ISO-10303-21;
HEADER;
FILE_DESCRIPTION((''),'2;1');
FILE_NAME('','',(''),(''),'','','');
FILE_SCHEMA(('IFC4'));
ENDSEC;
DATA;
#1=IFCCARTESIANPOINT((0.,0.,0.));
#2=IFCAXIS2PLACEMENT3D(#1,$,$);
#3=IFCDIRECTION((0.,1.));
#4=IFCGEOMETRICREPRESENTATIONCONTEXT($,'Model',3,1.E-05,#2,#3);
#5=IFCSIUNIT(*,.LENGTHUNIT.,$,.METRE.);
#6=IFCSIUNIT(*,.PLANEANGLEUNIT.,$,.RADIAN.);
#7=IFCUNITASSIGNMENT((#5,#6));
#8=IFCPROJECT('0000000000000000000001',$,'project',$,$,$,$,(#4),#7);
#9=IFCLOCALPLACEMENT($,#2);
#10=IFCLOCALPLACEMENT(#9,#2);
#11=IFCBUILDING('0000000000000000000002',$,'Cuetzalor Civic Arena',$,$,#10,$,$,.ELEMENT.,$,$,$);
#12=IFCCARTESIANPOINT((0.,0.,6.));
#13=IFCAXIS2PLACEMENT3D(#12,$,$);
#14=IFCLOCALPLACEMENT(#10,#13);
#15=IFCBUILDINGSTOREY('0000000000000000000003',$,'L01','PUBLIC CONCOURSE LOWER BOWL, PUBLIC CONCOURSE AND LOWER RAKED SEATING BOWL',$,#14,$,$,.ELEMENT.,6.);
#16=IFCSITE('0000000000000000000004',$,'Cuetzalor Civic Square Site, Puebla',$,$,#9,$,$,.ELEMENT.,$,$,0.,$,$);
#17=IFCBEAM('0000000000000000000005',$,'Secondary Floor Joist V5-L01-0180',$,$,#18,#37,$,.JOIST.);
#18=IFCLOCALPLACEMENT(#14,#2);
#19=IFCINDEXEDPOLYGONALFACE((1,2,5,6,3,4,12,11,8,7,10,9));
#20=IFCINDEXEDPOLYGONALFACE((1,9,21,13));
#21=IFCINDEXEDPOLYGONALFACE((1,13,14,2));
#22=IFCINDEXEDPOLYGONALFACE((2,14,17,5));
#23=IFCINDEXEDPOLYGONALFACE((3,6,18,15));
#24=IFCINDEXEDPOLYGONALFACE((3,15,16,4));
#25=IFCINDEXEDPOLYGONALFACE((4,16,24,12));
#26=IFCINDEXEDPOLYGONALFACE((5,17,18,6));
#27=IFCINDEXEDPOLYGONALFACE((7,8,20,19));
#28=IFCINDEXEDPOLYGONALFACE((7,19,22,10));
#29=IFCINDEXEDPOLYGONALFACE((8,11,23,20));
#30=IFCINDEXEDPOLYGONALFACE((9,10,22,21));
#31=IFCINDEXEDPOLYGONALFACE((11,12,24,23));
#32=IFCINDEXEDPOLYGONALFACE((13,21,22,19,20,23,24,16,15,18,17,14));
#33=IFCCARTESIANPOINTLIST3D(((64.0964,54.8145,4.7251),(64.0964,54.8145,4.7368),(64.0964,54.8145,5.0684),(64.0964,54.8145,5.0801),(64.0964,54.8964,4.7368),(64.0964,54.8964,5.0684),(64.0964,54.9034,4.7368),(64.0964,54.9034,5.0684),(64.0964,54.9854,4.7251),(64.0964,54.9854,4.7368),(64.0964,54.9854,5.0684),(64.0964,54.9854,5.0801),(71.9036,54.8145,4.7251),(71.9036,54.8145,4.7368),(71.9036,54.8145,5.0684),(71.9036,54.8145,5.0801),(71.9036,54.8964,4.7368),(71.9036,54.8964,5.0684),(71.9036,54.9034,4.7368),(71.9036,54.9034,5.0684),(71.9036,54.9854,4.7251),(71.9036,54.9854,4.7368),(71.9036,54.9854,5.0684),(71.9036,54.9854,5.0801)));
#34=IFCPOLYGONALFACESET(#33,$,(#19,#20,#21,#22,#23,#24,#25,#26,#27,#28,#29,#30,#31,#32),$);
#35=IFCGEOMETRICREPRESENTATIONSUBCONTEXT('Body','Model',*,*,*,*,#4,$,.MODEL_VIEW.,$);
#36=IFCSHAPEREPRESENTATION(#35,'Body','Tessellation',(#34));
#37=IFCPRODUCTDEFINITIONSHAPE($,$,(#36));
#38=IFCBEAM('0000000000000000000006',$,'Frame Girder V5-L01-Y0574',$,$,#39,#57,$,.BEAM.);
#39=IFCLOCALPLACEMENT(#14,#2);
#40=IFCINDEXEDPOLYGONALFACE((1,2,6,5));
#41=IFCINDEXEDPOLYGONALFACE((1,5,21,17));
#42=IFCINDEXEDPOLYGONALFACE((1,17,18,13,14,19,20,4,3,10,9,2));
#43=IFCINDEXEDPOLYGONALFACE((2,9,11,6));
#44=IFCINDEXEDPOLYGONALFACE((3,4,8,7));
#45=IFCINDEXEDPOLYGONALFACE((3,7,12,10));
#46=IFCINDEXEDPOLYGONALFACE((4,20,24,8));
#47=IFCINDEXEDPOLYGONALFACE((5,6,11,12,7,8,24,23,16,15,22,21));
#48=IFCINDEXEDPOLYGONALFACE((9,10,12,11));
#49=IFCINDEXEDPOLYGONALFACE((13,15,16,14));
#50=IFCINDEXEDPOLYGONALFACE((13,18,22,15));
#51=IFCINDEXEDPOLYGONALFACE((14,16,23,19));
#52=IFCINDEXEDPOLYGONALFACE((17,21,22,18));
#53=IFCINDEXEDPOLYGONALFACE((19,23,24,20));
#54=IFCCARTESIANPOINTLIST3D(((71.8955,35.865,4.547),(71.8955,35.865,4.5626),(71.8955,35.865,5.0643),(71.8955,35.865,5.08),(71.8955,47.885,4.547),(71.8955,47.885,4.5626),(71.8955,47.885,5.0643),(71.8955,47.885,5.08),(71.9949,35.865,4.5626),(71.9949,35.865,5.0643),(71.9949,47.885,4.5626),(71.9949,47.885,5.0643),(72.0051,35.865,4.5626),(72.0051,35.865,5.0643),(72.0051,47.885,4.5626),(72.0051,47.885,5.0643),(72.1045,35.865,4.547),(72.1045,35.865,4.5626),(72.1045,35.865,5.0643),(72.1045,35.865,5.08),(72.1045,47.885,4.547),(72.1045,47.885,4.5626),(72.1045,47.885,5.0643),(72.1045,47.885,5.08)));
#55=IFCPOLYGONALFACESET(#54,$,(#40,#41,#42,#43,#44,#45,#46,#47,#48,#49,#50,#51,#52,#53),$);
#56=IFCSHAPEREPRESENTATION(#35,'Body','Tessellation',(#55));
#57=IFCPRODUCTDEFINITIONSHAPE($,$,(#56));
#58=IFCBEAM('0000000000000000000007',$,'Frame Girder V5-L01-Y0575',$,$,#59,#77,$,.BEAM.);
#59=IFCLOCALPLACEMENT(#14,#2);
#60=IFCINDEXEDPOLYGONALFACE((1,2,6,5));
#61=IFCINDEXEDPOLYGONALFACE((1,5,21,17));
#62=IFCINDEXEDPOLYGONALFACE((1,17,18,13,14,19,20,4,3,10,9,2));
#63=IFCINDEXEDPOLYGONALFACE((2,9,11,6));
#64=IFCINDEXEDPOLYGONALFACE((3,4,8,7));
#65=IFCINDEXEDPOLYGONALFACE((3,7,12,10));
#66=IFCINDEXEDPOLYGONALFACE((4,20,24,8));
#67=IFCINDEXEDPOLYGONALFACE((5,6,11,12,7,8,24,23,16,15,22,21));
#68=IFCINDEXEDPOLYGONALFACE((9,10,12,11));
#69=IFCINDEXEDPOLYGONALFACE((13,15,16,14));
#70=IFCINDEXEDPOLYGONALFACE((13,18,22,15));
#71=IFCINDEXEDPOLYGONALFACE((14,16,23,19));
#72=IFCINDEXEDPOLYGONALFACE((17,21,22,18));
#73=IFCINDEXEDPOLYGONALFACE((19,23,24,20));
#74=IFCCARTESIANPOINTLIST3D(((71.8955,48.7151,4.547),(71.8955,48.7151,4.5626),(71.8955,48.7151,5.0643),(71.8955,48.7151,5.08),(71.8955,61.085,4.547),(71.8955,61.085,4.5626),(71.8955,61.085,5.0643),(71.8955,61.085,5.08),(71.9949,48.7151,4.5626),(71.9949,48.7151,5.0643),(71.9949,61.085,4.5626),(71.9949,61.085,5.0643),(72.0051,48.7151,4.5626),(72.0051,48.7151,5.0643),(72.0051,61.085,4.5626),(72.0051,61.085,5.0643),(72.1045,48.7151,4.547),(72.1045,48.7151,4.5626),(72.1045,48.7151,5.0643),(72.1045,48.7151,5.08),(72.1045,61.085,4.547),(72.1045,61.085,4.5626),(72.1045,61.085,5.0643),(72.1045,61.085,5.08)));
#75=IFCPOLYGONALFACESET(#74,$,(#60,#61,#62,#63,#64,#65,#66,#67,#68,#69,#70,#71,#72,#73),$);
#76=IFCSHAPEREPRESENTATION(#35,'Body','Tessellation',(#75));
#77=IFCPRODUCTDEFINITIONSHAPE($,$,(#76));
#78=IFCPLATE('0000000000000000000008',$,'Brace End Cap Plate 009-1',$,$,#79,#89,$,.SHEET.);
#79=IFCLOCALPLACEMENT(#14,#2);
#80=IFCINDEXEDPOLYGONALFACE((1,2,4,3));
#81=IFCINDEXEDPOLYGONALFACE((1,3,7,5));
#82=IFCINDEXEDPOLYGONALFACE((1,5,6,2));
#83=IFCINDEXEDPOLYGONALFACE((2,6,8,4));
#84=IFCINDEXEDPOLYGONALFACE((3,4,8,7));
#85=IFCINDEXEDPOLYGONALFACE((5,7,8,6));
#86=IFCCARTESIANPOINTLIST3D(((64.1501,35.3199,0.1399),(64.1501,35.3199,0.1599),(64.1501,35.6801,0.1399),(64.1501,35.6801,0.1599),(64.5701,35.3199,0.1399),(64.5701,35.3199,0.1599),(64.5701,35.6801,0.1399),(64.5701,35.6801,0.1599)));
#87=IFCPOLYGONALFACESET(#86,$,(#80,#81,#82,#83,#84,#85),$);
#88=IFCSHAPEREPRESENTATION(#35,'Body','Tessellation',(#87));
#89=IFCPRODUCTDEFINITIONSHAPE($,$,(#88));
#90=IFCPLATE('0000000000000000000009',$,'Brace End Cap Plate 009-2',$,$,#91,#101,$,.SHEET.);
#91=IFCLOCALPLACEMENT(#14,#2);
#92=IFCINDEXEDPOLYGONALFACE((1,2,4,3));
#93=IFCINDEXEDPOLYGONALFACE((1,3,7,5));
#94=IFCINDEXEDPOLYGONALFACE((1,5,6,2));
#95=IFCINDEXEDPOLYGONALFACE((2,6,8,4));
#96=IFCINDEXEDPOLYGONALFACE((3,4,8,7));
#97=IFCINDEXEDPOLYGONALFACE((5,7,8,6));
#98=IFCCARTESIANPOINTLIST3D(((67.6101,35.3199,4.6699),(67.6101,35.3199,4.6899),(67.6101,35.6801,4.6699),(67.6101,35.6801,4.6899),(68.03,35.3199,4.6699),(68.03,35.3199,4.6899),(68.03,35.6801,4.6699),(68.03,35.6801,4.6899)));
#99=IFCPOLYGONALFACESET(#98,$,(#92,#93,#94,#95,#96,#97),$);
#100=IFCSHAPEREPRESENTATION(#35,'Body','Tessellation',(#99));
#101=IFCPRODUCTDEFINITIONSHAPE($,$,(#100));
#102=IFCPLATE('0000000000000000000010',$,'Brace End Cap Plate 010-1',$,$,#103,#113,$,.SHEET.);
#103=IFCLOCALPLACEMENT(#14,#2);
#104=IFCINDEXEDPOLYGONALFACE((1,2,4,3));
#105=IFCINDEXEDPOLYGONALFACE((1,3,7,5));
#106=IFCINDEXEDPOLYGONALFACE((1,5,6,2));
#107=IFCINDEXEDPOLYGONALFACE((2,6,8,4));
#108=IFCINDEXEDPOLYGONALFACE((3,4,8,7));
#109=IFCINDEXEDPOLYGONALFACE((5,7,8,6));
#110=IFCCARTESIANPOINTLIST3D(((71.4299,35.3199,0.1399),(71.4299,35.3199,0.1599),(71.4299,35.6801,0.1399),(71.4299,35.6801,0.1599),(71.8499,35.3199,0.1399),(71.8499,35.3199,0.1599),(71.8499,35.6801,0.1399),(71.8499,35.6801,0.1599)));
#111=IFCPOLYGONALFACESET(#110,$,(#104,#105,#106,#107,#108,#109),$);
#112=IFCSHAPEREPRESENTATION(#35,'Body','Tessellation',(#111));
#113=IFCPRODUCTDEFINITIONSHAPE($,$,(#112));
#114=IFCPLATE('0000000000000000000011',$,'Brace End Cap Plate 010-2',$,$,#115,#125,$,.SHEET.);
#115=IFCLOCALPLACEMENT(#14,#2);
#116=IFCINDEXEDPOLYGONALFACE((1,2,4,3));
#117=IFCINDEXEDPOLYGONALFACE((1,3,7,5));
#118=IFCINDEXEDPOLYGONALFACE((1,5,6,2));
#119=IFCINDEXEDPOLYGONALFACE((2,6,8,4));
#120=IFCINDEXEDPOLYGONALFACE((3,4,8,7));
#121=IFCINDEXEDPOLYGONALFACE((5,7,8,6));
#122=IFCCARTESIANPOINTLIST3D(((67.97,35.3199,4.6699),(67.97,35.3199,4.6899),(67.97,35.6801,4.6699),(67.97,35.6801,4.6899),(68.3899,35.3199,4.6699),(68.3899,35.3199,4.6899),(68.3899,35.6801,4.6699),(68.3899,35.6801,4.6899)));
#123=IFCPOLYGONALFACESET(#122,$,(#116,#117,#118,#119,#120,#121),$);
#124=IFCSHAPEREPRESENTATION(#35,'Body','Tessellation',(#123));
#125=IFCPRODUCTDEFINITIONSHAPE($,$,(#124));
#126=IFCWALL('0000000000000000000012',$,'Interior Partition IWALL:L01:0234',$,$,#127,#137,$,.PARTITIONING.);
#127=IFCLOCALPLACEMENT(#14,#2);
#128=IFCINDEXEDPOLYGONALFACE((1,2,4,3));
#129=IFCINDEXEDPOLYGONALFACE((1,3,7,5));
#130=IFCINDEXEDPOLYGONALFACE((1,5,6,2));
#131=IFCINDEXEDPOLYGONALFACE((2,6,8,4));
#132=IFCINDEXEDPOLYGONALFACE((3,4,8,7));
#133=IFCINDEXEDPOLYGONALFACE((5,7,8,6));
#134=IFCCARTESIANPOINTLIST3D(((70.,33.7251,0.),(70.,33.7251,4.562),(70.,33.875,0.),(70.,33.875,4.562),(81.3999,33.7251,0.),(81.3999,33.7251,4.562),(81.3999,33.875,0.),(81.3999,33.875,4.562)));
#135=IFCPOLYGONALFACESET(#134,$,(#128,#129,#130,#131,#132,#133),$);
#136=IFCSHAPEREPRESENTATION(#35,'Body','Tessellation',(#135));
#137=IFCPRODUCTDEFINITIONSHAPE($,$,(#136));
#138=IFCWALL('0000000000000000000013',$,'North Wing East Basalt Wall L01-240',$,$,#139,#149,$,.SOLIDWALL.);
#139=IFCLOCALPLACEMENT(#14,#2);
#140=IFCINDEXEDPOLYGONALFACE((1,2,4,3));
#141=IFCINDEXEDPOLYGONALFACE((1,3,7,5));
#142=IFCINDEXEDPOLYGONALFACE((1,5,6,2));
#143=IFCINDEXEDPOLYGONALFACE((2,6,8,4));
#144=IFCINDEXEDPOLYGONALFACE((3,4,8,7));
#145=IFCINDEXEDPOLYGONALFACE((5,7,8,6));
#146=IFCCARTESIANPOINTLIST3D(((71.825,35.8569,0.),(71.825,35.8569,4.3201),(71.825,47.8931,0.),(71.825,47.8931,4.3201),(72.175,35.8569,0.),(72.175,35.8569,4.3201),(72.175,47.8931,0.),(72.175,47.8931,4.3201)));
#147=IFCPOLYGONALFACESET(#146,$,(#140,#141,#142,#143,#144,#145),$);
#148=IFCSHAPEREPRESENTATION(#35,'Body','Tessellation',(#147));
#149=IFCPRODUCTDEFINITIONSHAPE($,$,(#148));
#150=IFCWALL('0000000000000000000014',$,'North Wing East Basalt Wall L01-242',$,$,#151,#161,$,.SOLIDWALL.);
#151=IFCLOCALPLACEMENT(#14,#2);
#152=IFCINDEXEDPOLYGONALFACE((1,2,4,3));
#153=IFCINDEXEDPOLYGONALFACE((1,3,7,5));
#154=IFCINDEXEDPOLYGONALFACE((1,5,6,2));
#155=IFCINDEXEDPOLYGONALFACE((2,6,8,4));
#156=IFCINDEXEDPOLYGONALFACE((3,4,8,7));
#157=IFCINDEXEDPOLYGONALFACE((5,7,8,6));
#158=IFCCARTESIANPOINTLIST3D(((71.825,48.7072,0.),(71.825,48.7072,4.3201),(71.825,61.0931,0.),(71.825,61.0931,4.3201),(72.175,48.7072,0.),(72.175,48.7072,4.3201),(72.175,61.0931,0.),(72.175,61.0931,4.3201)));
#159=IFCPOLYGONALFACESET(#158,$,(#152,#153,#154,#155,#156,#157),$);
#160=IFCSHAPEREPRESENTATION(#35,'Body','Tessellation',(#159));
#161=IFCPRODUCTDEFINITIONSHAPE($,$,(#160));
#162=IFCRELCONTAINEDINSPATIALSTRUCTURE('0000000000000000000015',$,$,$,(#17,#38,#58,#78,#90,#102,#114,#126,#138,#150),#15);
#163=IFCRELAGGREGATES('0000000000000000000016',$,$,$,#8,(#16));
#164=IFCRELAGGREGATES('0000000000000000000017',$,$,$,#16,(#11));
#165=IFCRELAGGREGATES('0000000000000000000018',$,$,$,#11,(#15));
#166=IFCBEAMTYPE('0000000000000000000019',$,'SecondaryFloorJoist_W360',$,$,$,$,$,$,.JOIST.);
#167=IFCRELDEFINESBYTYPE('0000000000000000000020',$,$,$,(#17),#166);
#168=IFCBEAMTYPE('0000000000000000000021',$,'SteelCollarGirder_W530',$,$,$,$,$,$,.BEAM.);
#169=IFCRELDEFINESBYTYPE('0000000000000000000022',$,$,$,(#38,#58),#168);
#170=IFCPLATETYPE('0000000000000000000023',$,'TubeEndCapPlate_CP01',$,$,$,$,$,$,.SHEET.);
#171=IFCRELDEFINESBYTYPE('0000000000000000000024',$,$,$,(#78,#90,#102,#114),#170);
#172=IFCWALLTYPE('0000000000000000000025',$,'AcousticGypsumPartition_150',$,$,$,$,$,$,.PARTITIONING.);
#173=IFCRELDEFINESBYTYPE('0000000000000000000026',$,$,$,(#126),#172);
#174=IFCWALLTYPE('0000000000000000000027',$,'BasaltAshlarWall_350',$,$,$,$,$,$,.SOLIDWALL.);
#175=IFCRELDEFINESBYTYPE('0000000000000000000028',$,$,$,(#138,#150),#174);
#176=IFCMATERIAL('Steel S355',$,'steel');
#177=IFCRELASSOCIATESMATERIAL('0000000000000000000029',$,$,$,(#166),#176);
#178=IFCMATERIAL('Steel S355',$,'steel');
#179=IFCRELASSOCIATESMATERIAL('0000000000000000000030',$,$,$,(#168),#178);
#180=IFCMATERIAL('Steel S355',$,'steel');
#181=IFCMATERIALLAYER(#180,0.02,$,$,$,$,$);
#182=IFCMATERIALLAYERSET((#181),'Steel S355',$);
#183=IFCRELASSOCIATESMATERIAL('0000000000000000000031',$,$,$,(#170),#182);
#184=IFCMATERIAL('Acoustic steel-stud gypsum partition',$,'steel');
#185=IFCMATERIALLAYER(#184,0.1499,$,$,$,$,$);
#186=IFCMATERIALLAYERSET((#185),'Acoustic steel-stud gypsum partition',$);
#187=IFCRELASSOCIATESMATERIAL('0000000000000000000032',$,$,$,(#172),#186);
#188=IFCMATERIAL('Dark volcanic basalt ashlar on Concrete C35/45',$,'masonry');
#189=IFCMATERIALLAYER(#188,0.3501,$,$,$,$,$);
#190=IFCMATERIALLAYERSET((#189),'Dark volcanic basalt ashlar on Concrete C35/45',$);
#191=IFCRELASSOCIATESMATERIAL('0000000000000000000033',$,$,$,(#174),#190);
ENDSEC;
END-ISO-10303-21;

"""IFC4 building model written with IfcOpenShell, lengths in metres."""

from ifc_helpers import new_model, si_unit, direction, frame, frame_2d, origin, origin_2d, place, context, subcontext, project, spatial, rectangle, i_section, extrude, material, layer, layer_set, material_profile, profile_set, type_object, element, save


model = new_model("IFC4")

# Units and contexts
model_context = context("Model", 3, precision=1e-05, world=origin(), true_north=direction((0.0, 1.0)))
body_context = subcontext(model_context, "Body", "Model", "MODEL_VIEW")
ifc_project = project(units=[si_unit("LENGTHUNIT", "METRE"), si_unit("PLANEANGLEUNIT", "RADIAN")], contexts=[model_context])

# Site, building, storey
site_placement = place(None, origin())
site = spatial("IfcSite", under=ifc_project, at=site_placement, Name="Cuetzalor Civic Square Site, Puebla", CompositionType="ELEMENT", RefElevation=0.0)
building_placement = place(site_placement, origin())
building = spatial("IfcBuilding", under=site, at=building_placement, Name="Cuetzalor Civic Arena", CompositionType="ELEMENT")
storey_placement = place(building_placement, frame((0.0, 0.0, 6.0)))
storey = spatial("IfcBuildingStorey", under=building, at=storey_placement, Name="L01", Description="PUBLIC CONCOURSE LOWER BOWL, PUBLIC CONCOURSE AND LOWER RAKED SEATING BOWL", CompositionType="ELEMENT", Elevation=6.0)

# Beams
ifc_material_1 = material(Name="Steel S355", Category="steel")
ifc_material_profile_1 = material_profile(ifc_material_1, i_section(OverallWidth=0.1709, OverallDepth=0.355, WebThickness=0.0071, FlangeThickness=0.0117, at=origin_2d()), Name="W360x51")
ifc_profile_set_1 = profile_set([ifc_material_profile_1], Name="Steel S355")
beam_type_1 = type_object("IfcBeamType", Name="SecondaryFloorJoist_W360", PredefinedType="JOIST", material=ifc_profile_set_1)
for number, where, z_axis, x_axis, name in (
    (1, (64.0964, 54.8999, 4.9026), (1.0, 0.0, 0.0), (0.0, 1.0, 0.0), "Secondary Floor Joist V5-L01-0180"),
):
    element("IfcBeam", number, at=place(storey_placement, frame(where, z_axis=z_axis, x_axis=x_axis)), inside=storey, type_object=beam_type_1, Name=name, PredefinedType="JOIST", context=body_context, shape_type="SweptSolid", body=[
        extrude(i_section(OverallWidth=0.1709, OverallDepth=0.355, WebThickness=0.0071, FlangeThickness=0.0117, at=origin_2d()), origin(), (0.0, 0.0, 1.0), 7.8071),
    ])
ifc_material_2 = material(Name="Steel S355", Category="steel")
ifc_material_profile_2 = material_profile(ifc_material_2, i_section(OverallWidth=0.209, OverallDepth=0.533, WebThickness=0.0103, FlangeThickness=0.0156, at=origin_2d()), Name="W530x92")
ifc_profile_set_2 = profile_set([ifc_material_profile_2], Name="Steel S355")
beam_type_2 = type_object("IfcBeamType", Name="SteelCollarGirder_W530", PredefinedType="BEAM", material=ifc_profile_set_2)
beam_1_placement = place(storey_placement, frame((72.0, 35.865, 4.8135), z_axis=(0.0, 1.0, 0.0), x_axis=(-1.0, 0.0, 0.0)))
element("IfcBeam", 2, at=beam_1_placement, inside=storey, type_object=beam_type_2, Name="Frame Girder V5-L01-Y0574", PredefinedType="BEAM", context=body_context, shape_type="SweptSolid", body=[
    extrude(i_section(OverallWidth=0.209, OverallDepth=0.533, WebThickness=0.0103, FlangeThickness=0.0156, at=origin_2d()), origin(), (0.0, 0.0, 1.0), 12.02),
])
beam_2_placement = place(storey_placement, frame((72.0, 48.7151, 4.8135), z_axis=(0.0, 1.0, 0.0), x_axis=(-1.0, 0.0, 0.0)))
element("IfcBeam", 3, at=beam_2_placement, inside=storey, type_object=beam_type_2, Name="Frame Girder V5-L01-Y0575", PredefinedType="BEAM", context=body_context, shape_type="SweptSolid", body=[
    extrude(i_section(OverallWidth=0.209, OverallDepth=0.533, WebThickness=0.0103, FlangeThickness=0.0156, at=origin_2d()), origin(), (0.0, 0.0, 1.0), 12.3699),
])

# Plates
ifc_material_3 = material(Name="Steel S355", Category="steel")
ifc_layer_1 = layer(ifc_material_3, 0.02)
ifc_layer_set_1 = layer_set([ifc_layer_1], Name="Steel S355")
plate_type = type_object("IfcPlateType", Name="TubeEndCapPlate_CP01", PredefinedType="SHEET", material=ifc_layer_set_1)
for number, where, z_axis, x_axis, name in (
    (4, (64.3601, 35.5, 0.1399), (0.0, 0.0, 1.0), (1.0, 0.0, 0.0), "Brace End Cap Plate 009-1"),
    (5, (67.8201, 35.5, 4.6699), (0.0, 0.0, 1.0), (1.0, 0.0, 0.0), "Brace End Cap Plate 009-2"),
    (6, (71.6399, 35.5, 0.1399), (0.0, 0.0, 1.0), (1.0, 0.0, 0.0), "Brace End Cap Plate 010-1"),
    (7, (68.1799, 35.5, 4.6699), (0.0, 0.0, 1.0), (1.0, 0.0, 0.0), "Brace End Cap Plate 010-2"),
):
    element("IfcPlate", number, at=place(storey_placement, frame(where, z_axis=z_axis, x_axis=x_axis)), inside=storey, type_object=plate_type, Name=name, PredefinedType="SHEET", context=body_context, shape_type="SweptSolid", body=[
        extrude(rectangle(XDim=0.4199, YDim=0.3601, at=origin_2d()), origin(), (0.0, 0.0, 1.0), 0.02),
    ])

# Walls
ifc_material_4 = material(Name="Acoustic steel-stud gypsum partition", Category="steel")
ifc_layer_2 = layer(ifc_material_4, 0.1499)
ifc_layer_set_2 = layer_set([ifc_layer_2], Name="Acoustic steel-stud gypsum partition")
wall_type_1 = type_object("IfcWallType", Name="AcousticGypsumPartition_150", PredefinedType="PARTITIONING", material=ifc_layer_set_2)
wall_1_placement = place(storey_placement, frame((70.0, 33.8, 0.0), z_axis=(0.0, 0.0, 1.0), x_axis=(1.0, 0.0, 0.0)))
element("IfcWall", 8, at=wall_1_placement, inside=storey, type_object=wall_type_1, Name="Interior Partition IWALL:L01:0234", PredefinedType="PARTITIONING", context=body_context, shape_type="SweptSolid", body=[
    extrude(rectangle(XDim=11.3999, YDim=0.1499, at=frame_2d((5.7, 0.0))), origin(), (0.0, 0.0, 1.0), 4.562),
])
ifc_material_5 = material(Name="Dark volcanic basalt ashlar on Concrete C35/45", Category="masonry")
ifc_layer_3 = layer(ifc_material_5, 0.3501)
ifc_layer_set_3 = layer_set([ifc_layer_3], Name="Dark volcanic basalt ashlar on Concrete C35/45")
wall_type_2 = type_object("IfcWallType", Name="BasaltAshlarWall_350", PredefinedType="SOLIDWALL", material=ifc_layer_set_3)
wall_2_placement = place(storey_placement, frame((72.0, 47.8931, 0.0), z_axis=(0.0, 0.0, 1.0), x_axis=(0.0, -1.0, 0.0)))
element("IfcWall", 9, at=wall_2_placement, inside=storey, type_object=wall_type_2, Name="North Wing East Basalt Wall L01-240", PredefinedType="SOLIDWALL", context=body_context, shape_type="SweptSolid", body=[
    extrude(rectangle(XDim=12.0361, YDim=0.3501, at=frame_2d((6.0181, 0.0))), origin(), (0.0, 0.0, 1.0), 4.3201),
])
wall_3_placement = place(storey_placement, frame((72.0, 61.093, 0.0), z_axis=(0.0, 0.0, 1.0), x_axis=(0.0, -1.0, 0.0)))
element("IfcWall", 10, at=wall_3_placement, inside=storey, type_object=wall_type_2, Name="North Wing East Basalt Wall L01-242", PredefinedType="SOLIDWALL", context=body_context, shape_type="SweptSolid", body=[
    extrude(rectangle(XDim=12.386, YDim=0.3501, at=frame_2d((6.1929, 0.0))), origin(), (0.0, 0.0, 1.0), 4.3201),
])

save(model, "model.ifc")
